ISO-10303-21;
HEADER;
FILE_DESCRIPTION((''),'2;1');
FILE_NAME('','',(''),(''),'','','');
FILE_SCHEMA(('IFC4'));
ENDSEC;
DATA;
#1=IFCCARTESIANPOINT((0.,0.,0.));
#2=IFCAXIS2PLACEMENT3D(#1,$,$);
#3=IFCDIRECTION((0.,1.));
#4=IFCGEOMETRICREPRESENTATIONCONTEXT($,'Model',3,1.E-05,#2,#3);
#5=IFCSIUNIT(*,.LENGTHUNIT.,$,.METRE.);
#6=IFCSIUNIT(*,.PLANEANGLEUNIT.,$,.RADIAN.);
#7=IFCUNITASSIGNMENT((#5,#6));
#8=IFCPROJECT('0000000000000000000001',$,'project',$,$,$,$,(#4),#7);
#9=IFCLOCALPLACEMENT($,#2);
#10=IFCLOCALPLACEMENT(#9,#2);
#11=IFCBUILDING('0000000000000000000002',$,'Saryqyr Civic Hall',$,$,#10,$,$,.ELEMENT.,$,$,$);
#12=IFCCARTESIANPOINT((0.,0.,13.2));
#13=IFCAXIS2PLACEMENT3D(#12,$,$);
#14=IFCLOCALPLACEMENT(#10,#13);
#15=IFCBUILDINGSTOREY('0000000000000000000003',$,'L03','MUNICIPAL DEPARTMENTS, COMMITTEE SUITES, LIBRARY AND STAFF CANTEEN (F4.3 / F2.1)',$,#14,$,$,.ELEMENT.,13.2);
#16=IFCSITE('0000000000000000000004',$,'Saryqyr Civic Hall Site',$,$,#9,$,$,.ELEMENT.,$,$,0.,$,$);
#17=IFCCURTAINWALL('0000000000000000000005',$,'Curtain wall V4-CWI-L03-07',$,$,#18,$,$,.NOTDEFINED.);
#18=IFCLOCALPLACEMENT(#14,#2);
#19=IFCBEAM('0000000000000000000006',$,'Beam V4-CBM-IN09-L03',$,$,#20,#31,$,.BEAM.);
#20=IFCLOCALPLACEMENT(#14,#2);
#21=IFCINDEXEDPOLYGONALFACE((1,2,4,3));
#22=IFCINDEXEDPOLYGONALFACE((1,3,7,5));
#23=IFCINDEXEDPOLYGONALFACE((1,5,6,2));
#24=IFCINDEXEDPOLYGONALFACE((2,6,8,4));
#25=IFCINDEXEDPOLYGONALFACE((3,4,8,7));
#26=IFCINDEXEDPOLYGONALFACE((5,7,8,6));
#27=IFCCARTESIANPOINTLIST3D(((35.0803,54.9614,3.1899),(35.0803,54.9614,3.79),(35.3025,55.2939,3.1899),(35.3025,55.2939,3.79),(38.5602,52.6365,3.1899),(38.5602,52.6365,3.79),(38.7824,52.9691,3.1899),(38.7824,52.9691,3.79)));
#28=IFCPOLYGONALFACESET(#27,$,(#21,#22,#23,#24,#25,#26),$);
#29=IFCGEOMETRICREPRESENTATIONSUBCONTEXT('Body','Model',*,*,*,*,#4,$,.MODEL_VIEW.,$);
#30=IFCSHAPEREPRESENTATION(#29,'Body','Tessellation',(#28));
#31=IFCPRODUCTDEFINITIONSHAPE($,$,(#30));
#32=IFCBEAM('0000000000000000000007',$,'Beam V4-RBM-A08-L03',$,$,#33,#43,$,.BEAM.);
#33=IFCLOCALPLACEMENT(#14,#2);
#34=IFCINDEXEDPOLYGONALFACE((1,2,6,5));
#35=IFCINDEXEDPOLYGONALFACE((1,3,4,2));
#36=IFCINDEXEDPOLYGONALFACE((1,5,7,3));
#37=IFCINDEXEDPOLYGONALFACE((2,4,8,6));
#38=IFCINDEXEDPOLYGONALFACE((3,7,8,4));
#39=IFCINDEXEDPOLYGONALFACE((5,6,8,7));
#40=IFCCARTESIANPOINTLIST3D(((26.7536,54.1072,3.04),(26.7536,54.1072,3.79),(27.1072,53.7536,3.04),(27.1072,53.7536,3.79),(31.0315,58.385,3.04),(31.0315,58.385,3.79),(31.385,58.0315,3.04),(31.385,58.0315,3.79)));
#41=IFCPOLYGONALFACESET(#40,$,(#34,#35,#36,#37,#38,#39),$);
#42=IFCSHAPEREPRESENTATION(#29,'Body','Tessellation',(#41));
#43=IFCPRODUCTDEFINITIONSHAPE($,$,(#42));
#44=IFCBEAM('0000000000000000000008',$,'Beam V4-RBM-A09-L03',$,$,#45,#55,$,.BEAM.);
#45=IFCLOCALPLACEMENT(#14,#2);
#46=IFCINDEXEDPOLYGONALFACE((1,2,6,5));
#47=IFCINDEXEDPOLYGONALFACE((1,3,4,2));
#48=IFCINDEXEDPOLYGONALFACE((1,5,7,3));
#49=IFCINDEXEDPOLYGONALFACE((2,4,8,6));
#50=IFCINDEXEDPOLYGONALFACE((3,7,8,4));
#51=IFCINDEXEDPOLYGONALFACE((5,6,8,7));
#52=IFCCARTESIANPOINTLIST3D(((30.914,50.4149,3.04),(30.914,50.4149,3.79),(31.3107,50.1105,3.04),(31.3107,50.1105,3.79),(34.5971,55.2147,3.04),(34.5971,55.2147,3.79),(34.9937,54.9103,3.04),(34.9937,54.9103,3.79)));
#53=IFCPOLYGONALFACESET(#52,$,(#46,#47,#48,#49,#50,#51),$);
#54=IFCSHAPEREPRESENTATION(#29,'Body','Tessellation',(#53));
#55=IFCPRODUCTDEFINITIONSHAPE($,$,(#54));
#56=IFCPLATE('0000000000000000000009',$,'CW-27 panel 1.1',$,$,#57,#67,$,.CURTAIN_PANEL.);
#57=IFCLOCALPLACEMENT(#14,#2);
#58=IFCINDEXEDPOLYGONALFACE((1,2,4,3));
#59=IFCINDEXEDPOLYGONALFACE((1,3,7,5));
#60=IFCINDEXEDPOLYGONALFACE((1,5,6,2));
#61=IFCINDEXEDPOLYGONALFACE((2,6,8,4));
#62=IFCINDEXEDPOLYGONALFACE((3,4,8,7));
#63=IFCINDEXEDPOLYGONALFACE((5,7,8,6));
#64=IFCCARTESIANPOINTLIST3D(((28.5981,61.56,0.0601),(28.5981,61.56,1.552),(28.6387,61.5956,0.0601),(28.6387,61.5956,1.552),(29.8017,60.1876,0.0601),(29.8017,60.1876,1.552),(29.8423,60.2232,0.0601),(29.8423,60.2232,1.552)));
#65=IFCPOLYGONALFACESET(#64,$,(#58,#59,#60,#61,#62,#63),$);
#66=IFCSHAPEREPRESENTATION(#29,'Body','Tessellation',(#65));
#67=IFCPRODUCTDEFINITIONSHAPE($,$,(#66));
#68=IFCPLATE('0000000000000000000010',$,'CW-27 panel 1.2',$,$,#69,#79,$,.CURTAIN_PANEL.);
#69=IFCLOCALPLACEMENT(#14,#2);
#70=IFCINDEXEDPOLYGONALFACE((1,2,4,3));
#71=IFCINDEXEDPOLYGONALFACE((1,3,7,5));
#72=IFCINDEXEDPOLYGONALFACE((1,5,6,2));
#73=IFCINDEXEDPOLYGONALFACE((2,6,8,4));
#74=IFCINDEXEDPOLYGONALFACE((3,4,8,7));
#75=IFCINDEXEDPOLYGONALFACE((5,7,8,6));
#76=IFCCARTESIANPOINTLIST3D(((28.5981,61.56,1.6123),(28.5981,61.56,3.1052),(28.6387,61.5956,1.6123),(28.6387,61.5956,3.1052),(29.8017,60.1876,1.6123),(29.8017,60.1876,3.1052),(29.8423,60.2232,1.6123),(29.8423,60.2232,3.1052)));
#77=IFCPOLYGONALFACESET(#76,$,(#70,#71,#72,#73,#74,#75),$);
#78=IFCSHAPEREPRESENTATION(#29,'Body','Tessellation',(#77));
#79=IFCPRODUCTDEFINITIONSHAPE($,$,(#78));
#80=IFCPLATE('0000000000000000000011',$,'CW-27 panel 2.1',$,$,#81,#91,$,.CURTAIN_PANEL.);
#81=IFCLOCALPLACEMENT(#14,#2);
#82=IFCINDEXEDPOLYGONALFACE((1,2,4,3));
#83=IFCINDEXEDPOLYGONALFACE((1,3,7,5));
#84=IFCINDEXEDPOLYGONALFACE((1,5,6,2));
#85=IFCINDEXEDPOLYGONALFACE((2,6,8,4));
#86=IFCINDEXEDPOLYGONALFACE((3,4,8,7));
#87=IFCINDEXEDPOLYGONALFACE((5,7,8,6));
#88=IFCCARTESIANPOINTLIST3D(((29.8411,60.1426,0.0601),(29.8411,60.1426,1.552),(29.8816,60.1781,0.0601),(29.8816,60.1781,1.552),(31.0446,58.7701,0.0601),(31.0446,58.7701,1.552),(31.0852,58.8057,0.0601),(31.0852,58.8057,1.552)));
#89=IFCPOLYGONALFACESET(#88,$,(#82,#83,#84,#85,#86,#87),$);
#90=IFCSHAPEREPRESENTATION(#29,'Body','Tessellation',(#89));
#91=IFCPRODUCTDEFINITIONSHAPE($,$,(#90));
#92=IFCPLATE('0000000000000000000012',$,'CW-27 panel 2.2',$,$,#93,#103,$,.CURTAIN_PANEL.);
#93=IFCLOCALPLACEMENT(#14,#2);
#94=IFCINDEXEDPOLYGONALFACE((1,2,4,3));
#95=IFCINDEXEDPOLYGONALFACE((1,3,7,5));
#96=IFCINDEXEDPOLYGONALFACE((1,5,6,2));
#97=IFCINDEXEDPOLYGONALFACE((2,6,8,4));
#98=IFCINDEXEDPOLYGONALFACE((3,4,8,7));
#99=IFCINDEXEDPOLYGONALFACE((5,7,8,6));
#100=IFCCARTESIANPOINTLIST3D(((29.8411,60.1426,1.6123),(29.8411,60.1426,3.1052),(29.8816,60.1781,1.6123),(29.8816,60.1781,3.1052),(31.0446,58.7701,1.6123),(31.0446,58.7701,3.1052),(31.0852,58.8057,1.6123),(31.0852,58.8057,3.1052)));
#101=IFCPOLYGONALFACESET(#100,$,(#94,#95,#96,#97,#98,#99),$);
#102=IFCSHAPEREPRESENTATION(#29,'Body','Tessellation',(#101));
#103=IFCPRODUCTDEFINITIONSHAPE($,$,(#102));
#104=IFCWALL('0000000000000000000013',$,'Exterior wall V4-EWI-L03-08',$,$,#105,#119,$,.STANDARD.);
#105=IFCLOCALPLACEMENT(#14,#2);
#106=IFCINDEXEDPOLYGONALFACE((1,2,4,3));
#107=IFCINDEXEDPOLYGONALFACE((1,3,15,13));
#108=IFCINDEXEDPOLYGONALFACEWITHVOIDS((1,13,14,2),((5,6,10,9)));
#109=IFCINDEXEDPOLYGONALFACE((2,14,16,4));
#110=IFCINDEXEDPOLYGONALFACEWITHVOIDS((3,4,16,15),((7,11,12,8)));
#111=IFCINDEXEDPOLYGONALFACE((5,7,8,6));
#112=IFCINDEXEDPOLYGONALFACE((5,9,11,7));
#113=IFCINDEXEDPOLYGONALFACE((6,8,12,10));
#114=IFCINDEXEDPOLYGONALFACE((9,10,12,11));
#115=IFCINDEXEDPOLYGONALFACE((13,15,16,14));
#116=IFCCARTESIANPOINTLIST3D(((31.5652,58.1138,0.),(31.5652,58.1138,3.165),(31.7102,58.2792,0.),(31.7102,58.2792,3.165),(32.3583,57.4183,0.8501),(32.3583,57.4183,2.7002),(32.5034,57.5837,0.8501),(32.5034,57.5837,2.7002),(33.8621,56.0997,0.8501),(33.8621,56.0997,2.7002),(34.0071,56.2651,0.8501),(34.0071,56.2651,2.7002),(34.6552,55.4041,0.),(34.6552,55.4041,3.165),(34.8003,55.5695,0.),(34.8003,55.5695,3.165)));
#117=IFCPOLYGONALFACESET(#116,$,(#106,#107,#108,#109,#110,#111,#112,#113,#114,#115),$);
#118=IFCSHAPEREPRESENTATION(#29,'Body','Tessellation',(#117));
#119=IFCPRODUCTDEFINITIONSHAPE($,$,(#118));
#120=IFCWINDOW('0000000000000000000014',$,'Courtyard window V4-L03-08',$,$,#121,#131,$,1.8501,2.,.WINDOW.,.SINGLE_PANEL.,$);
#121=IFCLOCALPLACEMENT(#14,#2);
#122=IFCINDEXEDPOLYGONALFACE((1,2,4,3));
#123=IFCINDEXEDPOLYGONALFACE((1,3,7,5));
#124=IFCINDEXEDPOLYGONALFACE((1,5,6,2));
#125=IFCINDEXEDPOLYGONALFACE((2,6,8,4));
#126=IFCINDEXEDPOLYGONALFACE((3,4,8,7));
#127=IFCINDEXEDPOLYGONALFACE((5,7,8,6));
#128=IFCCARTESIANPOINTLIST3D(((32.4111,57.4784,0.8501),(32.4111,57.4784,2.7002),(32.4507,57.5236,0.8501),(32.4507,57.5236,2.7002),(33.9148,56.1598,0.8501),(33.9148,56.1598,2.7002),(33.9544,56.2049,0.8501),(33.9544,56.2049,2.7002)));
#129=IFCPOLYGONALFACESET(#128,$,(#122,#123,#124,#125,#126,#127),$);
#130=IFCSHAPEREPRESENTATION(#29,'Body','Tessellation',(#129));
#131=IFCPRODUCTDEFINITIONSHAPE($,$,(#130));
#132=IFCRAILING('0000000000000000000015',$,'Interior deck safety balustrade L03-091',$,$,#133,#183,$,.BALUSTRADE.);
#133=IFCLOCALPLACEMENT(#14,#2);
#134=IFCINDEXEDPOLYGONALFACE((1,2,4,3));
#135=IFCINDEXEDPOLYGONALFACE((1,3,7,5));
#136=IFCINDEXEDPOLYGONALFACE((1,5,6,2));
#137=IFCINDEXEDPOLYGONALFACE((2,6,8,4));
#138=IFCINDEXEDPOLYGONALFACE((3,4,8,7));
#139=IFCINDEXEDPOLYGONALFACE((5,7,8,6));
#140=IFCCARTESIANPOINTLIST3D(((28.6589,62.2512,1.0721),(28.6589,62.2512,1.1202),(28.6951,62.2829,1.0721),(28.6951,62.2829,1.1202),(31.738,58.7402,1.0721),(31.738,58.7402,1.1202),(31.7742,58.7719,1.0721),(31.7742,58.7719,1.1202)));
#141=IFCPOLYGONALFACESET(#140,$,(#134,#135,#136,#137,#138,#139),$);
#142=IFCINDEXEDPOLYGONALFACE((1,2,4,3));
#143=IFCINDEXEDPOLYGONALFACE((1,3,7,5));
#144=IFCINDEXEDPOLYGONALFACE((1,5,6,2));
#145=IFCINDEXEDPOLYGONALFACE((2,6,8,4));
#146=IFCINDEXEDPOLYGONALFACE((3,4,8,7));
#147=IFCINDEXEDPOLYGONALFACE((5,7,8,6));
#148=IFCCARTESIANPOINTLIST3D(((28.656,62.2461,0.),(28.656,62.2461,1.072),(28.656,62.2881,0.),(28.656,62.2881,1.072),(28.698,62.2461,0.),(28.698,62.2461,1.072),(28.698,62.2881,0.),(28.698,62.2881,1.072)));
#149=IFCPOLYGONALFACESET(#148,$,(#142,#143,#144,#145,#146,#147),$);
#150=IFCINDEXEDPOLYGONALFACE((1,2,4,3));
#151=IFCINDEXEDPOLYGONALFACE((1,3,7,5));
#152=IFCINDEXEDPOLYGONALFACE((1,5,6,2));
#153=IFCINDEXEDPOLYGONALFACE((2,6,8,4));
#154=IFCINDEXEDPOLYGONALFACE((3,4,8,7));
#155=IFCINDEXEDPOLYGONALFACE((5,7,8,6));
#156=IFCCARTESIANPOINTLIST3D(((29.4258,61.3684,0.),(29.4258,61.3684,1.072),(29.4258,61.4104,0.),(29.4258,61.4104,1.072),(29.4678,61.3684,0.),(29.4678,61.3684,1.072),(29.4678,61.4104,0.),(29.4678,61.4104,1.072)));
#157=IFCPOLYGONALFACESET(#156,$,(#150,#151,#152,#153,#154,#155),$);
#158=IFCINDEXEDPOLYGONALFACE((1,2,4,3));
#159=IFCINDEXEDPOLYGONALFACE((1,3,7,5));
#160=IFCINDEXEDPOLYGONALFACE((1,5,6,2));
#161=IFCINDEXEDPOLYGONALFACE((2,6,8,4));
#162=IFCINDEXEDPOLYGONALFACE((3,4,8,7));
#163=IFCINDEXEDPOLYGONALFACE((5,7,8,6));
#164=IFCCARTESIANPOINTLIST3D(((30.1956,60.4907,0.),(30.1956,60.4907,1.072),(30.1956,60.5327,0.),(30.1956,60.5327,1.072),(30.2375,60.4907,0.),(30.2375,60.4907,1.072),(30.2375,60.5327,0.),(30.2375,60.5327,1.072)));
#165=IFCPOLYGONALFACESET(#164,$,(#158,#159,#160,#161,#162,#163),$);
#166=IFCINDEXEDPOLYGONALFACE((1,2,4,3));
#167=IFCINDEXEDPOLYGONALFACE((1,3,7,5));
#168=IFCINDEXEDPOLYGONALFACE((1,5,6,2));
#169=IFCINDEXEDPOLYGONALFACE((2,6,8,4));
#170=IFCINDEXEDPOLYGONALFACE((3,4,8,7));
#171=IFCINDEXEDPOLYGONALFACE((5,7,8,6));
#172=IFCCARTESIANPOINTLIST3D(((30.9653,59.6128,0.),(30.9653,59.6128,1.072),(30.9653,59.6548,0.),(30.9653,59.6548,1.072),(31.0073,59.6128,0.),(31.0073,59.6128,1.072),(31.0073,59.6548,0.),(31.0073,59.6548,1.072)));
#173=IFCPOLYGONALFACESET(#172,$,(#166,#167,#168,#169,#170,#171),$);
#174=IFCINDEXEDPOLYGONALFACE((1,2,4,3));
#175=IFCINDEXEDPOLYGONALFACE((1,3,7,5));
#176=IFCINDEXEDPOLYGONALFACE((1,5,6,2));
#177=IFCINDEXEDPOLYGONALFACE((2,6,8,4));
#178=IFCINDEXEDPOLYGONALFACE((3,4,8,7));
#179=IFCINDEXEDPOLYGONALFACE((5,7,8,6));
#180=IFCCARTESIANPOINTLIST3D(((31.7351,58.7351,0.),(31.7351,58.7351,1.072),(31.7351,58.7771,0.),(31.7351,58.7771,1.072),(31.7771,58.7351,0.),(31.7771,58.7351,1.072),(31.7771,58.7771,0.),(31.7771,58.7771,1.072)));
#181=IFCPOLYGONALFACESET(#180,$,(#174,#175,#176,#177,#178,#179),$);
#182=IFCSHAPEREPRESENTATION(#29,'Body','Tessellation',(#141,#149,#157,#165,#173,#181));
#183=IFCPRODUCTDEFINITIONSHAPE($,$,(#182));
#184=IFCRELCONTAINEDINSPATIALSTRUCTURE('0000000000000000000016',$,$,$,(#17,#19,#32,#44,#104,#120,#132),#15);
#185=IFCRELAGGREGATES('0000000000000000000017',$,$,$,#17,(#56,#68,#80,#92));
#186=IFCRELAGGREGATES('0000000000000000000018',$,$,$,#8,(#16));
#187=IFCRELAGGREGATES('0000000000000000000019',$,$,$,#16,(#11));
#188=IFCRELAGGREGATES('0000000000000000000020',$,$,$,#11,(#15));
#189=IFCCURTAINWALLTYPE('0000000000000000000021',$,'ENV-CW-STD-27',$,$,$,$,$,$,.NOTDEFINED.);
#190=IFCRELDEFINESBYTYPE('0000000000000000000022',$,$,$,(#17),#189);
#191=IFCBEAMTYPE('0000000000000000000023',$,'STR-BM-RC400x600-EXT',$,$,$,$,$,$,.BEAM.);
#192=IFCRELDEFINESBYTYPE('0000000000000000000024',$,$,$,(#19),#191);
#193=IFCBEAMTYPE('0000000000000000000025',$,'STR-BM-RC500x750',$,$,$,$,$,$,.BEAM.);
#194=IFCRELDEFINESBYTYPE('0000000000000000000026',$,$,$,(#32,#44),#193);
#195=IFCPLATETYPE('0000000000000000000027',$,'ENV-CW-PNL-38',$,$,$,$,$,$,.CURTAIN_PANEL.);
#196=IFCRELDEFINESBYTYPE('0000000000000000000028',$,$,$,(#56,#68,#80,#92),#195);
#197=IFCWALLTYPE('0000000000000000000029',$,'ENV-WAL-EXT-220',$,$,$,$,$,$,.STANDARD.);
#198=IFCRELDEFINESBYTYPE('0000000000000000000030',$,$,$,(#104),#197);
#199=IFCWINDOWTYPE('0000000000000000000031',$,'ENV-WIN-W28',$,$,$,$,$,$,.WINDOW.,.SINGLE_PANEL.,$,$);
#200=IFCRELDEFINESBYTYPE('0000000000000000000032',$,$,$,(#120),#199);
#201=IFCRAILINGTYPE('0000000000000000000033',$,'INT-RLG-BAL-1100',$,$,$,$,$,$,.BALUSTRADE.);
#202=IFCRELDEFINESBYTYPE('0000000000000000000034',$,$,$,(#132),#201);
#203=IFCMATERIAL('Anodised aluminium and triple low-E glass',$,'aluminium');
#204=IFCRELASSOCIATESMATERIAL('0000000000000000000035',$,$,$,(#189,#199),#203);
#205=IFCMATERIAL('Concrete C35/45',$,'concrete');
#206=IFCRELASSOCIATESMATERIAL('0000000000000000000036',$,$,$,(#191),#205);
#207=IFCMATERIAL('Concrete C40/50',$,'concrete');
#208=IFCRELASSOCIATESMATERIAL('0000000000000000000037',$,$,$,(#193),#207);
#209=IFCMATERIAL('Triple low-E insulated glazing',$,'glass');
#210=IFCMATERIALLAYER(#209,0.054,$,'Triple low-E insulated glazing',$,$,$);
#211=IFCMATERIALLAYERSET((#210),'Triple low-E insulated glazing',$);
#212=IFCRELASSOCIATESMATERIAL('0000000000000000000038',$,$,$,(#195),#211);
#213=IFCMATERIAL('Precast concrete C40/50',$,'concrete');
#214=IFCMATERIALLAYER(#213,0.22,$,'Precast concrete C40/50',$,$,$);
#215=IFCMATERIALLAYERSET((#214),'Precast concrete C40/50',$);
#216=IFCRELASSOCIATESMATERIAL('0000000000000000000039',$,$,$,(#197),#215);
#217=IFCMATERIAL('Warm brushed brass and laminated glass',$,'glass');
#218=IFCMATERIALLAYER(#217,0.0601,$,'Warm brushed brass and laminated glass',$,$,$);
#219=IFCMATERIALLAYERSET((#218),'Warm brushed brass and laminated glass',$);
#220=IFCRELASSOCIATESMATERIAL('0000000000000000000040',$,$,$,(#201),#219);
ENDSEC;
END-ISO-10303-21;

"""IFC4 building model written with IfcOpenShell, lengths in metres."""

from ifc_helpers import new_model, si_unit, direction, frame, frame_2d, origin, origin_2d, place, context, subcontext, project, spatial, rectangle, extrude, material, layer, layer_set, material_profile, profile_set, type_object, element, fill, aggregate, save


model = new_model("IFC4")

# Units and contexts
model_context = context("Model", 3, precision=1e-05, world=origin(), true_north=direction((0.0, 1.0)))
body_context = subcontext(model_context, "Body", "Model", "MODEL_VIEW")
ifc_project = project(units=[si_unit("LENGTHUNIT", "METRE"), si_unit("PLANEANGLEUNIT", "RADIAN")], contexts=[model_context])

# Site, building, storey
site_placement = place(None, origin())
site = spatial("IfcSite", under=ifc_project, at=site_placement, Name="Saryqyr Civic Hall Site", CompositionType="ELEMENT", RefElevation=0.0)
building_placement = place(site_placement, origin())
building = spatial("IfcBuilding", under=site, at=building_placement, Name="Saryqyr Civic Hall", CompositionType="ELEMENT")
storey_placement = place(building_placement, frame((0.0, 0.0, 13.2)))
storey = spatial("IfcBuildingStorey", under=building, at=storey_placement, Name="L03", Description="MUNICIPAL DEPARTMENTS, COMMITTEE SUITES, LIBRARY AND STAFF CANTEEN (F4.3 / F2.1)", CompositionType="ELEMENT", Elevation=13.2)

# Shared definitions
ifc_material_1 = material(Name="Concrete C40/50", Category="concrete")

# Curtain wall
ifc_material_2 = material(Name="Anodised aluminium and triple low-E glass", Category="aluminium")
curtain_wall_type_1 = type_object("IfcCurtainWallType", Name="ENV-CW-STD-27", PredefinedType="NOTDEFINED", material=ifc_material_2)
curtain_wall_1_placement = place(storey_placement, origin())
curtain_wall_1 = element("IfcCurtainWall", 1, at=curtain_wall_1_placement, inside=storey, type_object=curtain_wall_type_1, Name="Curtain wall V4-CWI-L03-07", PredefinedType="NOTDEFINED")

# Beams
ifc_material_3 = material(Name="Concrete C35/45", Category="concrete")
ifc_material_profile_1 = material_profile(ifc_material_3, rectangle(XDim=0.3999, YDim=0.6001, at=origin_2d()), Name="RC 400x600")
ifc_profile_set_1 = profile_set([ifc_material_profile_1], Name="Concrete C35/45")
beam_type_1 = type_object("IfcBeamType", Name="STR-BM-RC400x600-EXT", PredefinedType="BEAM", material=ifc_profile_set_1)
for number, where, z_axis, x_axis, name in (
    (2, (35.1914, 55.1277, 3.49), (0.831502, -0.555521, 0.0), (0.555521, 0.831502, 0.0), "Beam V4-CBM-IN09-L03"),
):
    element("IfcBeam", number, at=place(storey_placement, frame(where, z_axis=z_axis, x_axis=x_axis)), inside=storey, type_object=beam_type_1, Name=name, PredefinedType="BEAM", context=body_context, shape_type="SweptSolid", body=[
        extrude(rectangle(XDim=0.3999, YDim=0.6001, at=origin_2d()), origin(), (0.0, 0.0, 1.0), 4.1851),
    ])
ifc_material_profile_2 = material_profile(ifc_material_1, rectangle(XDim=0.5, YDim=0.75, at=origin_2d()), Name="RC 500x750")
ifc_profile_set_2 = profile_set([ifc_material_profile_2], Name="Concrete C40/50")
beam_type_2 = type_object("IfcBeamType", Name="STR-BM-RC500x750", PredefinedType="BEAM", material=ifc_profile_set_2)
beam_1_placement = place(storey_placement, frame((31.2083, 58.2083, 3.415), z_axis=(-0.707107, -0.707107, 0.0), x_axis=(0.707107, -0.707107, 0.0)))
element("IfcBeam", 3, at=beam_1_placement, inside=storey, type_object=beam_type_2, Name="Beam V4-RBM-A08-L03", PredefinedType="BEAM", context=body_context, shape_type="SweptSolid", body=[
    extrude(rectangle(XDim=0.5, YDim=0.75, at=origin_2d()), origin(), (0.0, 0.0, 1.0), 6.0498),
])
beam_2_placement = place(storey_placement, frame((34.7954, 55.0625, 3.415), z_axis=(-0.60877, -0.793346, 0.0), x_axis=(0.793346, -0.60877, 0.0)))
element("IfcBeam", 4, at=beam_2_placement, inside=storey, type_object=beam_type_2, Name="Beam V4-RBM-A09-L03", PredefinedType="BEAM", context=body_context, shape_type="SweptSolid", body=[
    extrude(rectangle(XDim=0.5, YDim=0.75, at=origin_2d()), origin(), (0.0, 0.0, 1.0), 6.05),
])

# Plates
ifc_material_4 = material(Name="Triple low-E insulated glazing", Category="glass")
ifc_layer_1 = layer(ifc_material_4, 0.054, Name="Triple low-E insulated glazing")
ifc_layer_set_1 = layer_set([ifc_layer_1], Name="Triple low-E insulated glazing")
plate_type = type_object("IfcPlateType", Name="ENV-CW-PNL-38", PredefinedType="CURTAIN_PANEL", material=ifc_layer_set_1)
plate_1_placement = place(storey_placement, frame((29.2202, 60.8916, 0.0601), z_axis=(0.0, 0.0, 1.0), x_axis=(0.659334, -0.75185, 0.0)))
plate_1 = element("IfcPlate", 5, at=plate_1_placement, type_object=plate_type, Name="CW-27 panel 1.1", PredefinedType="CURTAIN_PANEL", context=body_context, shape_type="SweptSolid", body=[
    extrude(rectangle(XDim=1.8254, YDim=0.054, at=origin_2d()), origin(), (0.0, 0.0, 1.0), 1.4919),
])
plate_2_placement = place(storey_placement, frame((29.2202, 60.8916, 1.6123), z_axis=(0.0, 0.0, 1.0), x_axis=(0.659334, -0.75185, 0.0)))
plate_2 = element("IfcPlate", 6, at=plate_2_placement, type_object=plate_type, Name="CW-27 panel 1.2", PredefinedType="CURTAIN_PANEL", context=body_context, shape_type="SweptSolid", body=[
    extrude(rectangle(XDim=1.8254, YDim=0.054, at=origin_2d()), origin(), (0.0, 0.0, 1.0), 1.4929),
])
plate_3_placement = place(storey_placement, frame((30.4631, 59.4741, 0.0601), z_axis=(0.0, 0.0, 1.0), x_axis=(0.659334, -0.75185, 0.0)))
plate_3 = element("IfcPlate", 7, at=plate_3_placement, type_object=plate_type, Name="CW-27 panel 2.1", PredefinedType="CURTAIN_PANEL", context=body_context, shape_type="SweptSolid", body=[
    extrude(rectangle(XDim=1.8254, YDim=0.054, at=origin_2d()), origin(), (0.0, 0.0, 1.0), 1.4919),
])
plate_4_placement = place(storey_placement, frame((30.4631, 59.4741, 1.6123), z_axis=(0.0, 0.0, 1.0), x_axis=(0.659334, -0.75185, 0.0)))
plate_4 = element("IfcPlate", 8, at=plate_4_placement, type_object=plate_type, Name="CW-27 panel 2.2", PredefinedType="CURTAIN_PANEL", context=body_context, shape_type="SweptSolid", body=[
    extrude(rectangle(XDim=1.8254, YDim=0.054, at=origin_2d()), origin(), (0.0, 0.0, 1.0), 1.4929),
])
aggregate(curtain_wall_1, [plate_1, plate_2, plate_3, plate_4])

# Wall, opening, window
ifc_material_5 = material(Name="Precast concrete C40/50", Category="concrete")
ifc_layer_2 = layer(ifc_material_5, 0.22, Name="Precast concrete C40/50")
ifc_layer_set_2 = layer_set([ifc_layer_2], Name="Precast concrete C40/50")
wall_type = type_object("IfcWallType", Name="ENV-WAL-EXT-220", PredefinedType="STANDARD", material=ifc_layer_set_2)
wall_placement = place(storey_placement, frame((31.6377, 58.1965, 0.0), z_axis=(0.0, 0.0, 1.0), x_axis=(0.751866, -0.659316, 0.0)))
wall = element("IfcWall", 9, at=wall_placement, inside=storey, type_object=wall_type, Name="Exterior wall V4-EWI-L03-08", PredefinedType="STANDARD", context=body_context, shape_type="SweptSolid", body=[
    extrude(rectangle(XDim=4.1099, YDim=0.22, at=frame_2d((2.0549, 0.0))), origin(), (0.0, 0.0, 1.0), 3.165),
])
opening_placement = place(wall_placement, frame((1.0549, 0.0, 0.8501)))
opening = element("IfcOpeningElement", 10, at=opening_placement, cuts=wall, PredefinedType="OPENING", context=body_context, shape_type="SweptSolid", body=[
    extrude(rectangle(XDim=2.0, YDim=1.8501, at=frame_2d((1.0, 0.925))), frame((0.0, 0.1199, 0.0), z_axis=(0.0, -1.0, 0.0), x_axis=(1.0, 0.0, 0.0)), (0.0, 0.0, 1.0), 0.24),
])
window_type = type_object("IfcWindowType", Name="ENV-WIN-W28", PartitioningType="SINGLE_PANEL", PredefinedType="WINDOW", material=ifc_material_2)
window_placement = place(opening_placement, origin())
window = element("IfcWindow", 11, at=window_placement, inside=storey, type_object=window_type, Name="Courtyard window V4-L03-08", OverallHeight=1.8501, OverallWidth=2.0, PartitioningType="SINGLE_PANEL", PredefinedType="WINDOW", context=body_context, shape_type="SweptSolid", body=[
    extrude(rectangle(XDim=2.0, YDim=1.8501, at=frame_2d((1.0, 0.925))), frame((0.0, 0.03, 0.0), z_axis=(0.0, -1.0, 0.0), x_axis=(1.0, 0.0, 0.0)), (0.0, 0.0, 1.0), 0.0601),
])
fill(opening, window)

# Railing
ifc_material_6 = material(Name="Warm brushed brass and laminated glass", Category="glass")
ifc_layer_3 = layer(ifc_material_6, 0.0601, Name="Warm brushed brass and laminated glass")
ifc_layer_set_3 = layer_set([ifc_layer_3], Name="Warm brushed brass and laminated glass")
railing_type = type_object("IfcRailingType", Name="INT-RLG-BAL-1100", PredefinedType="BALUSTRADE", material=ifc_layer_set_3)
railing_1_placement = place(storey_placement, frame((28.677, 62.2671, 0.0)))
element("IfcRailing", 12, at=railing_1_placement, inside=storey, type_object=railing_type, Name="Interior deck safety balustrade L03-091", PredefinedType="BALUSTRADE", context=body_context, shape_type="SweptSolid", body=[
    extrude(rectangle(XDim=0.0481, YDim=0.0481, at=origin_2d()), frame((0.0, 0.0, 1.0962), z_axis=(0.659352, -0.751835, 0.0), x_axis=(0.751835, 0.659352, 0.0)), (0.0, 0.0, 1.0), 4.6699),
    extrude(rectangle(XDim=0.042, YDim=0.042, at=origin_2d()), origin(), (0.0, 0.0, 1.0), 1.072),
    extrude(rectangle(XDim=0.042, YDim=0.042, at=origin_2d()), frame((0.7698, -0.8777, 0.0)), (0.0, 0.0, 1.0), 1.072),
    extrude(rectangle(XDim=0.042, YDim=0.042, at=origin_2d()), frame((1.5396, -1.7554, 0.0)), (0.0, 0.0, 1.0), 1.072),
    extrude(rectangle(XDim=0.042, YDim=0.042, at=origin_2d()), frame((2.3093, -2.6333, 0.0)), (0.0, 0.0, 1.0), 1.072),
    extrude(rectangle(XDim=0.042, YDim=0.042, at=origin_2d()), frame((3.0791, -3.511, 0.0)), (0.0, 0.0, 1.0), 1.072),
])

save(model, "model.ifc")
